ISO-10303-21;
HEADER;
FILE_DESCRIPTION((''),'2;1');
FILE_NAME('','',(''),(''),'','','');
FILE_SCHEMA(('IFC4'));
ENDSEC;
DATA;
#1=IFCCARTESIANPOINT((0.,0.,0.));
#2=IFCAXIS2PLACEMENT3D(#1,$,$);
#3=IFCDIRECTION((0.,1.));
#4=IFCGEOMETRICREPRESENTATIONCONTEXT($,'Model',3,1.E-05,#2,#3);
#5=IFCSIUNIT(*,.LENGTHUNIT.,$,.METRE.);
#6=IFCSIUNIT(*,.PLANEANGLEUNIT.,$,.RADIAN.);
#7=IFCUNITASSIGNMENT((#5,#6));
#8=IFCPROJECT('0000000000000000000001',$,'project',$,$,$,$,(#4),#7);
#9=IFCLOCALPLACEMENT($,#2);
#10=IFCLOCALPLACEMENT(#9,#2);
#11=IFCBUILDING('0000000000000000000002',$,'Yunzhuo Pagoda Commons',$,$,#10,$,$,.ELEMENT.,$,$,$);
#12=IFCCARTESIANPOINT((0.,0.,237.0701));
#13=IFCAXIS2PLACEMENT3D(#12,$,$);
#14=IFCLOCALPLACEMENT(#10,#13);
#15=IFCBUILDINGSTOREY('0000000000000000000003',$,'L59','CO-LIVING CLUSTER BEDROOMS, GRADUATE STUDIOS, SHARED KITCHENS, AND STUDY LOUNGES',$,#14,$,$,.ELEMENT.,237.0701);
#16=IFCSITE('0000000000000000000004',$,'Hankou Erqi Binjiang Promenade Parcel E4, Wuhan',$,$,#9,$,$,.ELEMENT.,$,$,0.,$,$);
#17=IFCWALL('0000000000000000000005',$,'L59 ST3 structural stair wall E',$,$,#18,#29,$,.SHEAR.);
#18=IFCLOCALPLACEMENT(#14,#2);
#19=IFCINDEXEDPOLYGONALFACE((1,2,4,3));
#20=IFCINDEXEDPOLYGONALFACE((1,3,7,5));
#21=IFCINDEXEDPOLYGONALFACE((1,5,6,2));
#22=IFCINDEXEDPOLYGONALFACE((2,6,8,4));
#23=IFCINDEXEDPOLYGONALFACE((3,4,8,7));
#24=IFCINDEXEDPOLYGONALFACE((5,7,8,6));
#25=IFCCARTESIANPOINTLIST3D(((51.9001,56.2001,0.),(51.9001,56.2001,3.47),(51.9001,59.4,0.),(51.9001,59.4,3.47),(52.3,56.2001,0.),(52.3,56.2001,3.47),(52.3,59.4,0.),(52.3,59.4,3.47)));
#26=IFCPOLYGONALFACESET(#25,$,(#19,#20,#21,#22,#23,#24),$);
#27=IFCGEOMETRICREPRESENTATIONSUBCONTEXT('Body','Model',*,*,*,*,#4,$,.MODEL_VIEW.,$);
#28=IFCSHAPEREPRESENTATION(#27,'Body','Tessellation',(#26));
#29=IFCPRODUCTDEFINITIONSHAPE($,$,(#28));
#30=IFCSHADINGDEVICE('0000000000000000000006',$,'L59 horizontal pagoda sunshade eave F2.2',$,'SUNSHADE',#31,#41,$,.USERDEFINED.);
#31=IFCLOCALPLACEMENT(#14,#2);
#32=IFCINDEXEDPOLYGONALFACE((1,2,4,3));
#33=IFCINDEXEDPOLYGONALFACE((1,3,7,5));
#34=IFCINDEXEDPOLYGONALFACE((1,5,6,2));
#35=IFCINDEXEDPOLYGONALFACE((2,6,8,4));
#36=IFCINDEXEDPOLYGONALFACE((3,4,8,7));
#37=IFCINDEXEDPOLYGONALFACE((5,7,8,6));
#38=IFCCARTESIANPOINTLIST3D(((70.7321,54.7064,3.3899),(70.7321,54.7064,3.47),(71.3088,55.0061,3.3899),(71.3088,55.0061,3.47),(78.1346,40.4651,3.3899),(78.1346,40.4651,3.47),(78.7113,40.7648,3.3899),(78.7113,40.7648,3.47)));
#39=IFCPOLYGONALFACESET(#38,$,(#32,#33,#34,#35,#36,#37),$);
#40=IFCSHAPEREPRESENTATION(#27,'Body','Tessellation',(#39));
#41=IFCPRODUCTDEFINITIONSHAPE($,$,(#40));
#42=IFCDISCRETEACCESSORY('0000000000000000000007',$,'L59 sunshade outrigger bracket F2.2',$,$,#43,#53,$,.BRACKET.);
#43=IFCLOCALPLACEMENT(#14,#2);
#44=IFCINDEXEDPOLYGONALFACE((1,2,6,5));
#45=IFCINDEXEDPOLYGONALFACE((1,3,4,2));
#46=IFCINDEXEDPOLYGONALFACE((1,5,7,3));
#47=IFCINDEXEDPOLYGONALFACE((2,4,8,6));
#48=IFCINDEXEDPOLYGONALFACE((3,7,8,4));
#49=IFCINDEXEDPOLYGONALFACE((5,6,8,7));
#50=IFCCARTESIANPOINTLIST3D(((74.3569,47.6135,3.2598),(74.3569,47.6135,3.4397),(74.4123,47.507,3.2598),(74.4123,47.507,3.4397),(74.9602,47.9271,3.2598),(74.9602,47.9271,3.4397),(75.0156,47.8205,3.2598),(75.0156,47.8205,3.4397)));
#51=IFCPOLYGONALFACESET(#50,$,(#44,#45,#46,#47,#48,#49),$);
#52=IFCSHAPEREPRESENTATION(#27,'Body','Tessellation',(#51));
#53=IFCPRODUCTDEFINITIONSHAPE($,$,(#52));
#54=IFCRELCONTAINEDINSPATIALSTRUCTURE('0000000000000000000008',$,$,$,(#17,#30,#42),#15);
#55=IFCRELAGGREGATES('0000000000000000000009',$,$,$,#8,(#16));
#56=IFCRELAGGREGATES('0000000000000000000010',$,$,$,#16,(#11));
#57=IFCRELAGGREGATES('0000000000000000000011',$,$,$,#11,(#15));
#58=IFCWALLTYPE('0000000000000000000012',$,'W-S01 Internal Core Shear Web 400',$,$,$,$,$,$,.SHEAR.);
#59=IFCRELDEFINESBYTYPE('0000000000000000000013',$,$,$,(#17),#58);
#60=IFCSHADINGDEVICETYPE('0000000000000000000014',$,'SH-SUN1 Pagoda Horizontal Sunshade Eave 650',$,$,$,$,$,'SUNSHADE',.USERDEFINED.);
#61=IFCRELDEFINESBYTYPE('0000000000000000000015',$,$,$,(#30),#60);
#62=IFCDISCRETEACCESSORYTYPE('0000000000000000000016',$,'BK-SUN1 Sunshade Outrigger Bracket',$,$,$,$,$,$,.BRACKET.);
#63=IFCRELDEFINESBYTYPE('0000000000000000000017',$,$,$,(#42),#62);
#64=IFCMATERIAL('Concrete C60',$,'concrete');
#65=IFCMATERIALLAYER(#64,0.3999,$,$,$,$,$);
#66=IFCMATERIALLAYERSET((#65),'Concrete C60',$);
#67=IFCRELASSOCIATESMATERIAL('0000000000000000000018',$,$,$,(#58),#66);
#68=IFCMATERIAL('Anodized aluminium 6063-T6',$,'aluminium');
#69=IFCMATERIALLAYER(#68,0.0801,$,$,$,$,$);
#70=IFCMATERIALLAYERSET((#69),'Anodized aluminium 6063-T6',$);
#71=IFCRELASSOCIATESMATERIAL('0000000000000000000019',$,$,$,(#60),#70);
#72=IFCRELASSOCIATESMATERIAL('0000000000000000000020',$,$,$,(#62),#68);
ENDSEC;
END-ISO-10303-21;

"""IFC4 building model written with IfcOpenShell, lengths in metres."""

from ifc_helpers import new_model, si_unit, direction, frame, frame_2d, origin, origin_2d, place, context, subcontext, project, spatial, rectangle, extrude, source, transform, mapped, material, layer, layer_set, type_object, element, save


model = new_model("IFC4")

# Units and contexts
model_context = context("Model", 3, precision=1e-05, world=origin(), true_north=direction((0.0, 1.0)))
body_context = subcontext(model_context, "Body", "Model", "MODEL_VIEW")
ifc_project = project(units=[si_unit("LENGTHUNIT", "METRE"), si_unit("PLANEANGLEUNIT", "RADIAN")], contexts=[model_context])

# Site, building, storey
site_placement = place(None, origin())
site = spatial("IfcSite", under=ifc_project, at=site_placement, Name="Hankou Erqi Binjiang Promenade Parcel E4, Wuhan", CompositionType="ELEMENT", RefElevation=0.0)
building_placement = place(site_placement, origin())
building = spatial("IfcBuilding", under=site, at=building_placement, Name="Yunzhuo Pagoda Commons", CompositionType="ELEMENT")
storey_placement = place(building_placement, frame((0.0, 0.0, 237.0701)))
storey = spatial("IfcBuildingStorey", under=building, at=storey_placement, Name="L59", Description="CO-LIVING CLUSTER BEDROOMS, GRADUATE STUDIOS, SHARED KITCHENS, AND STUDY LOUNGES", CompositionType="ELEMENT", Elevation=237.0701)

# Shared definitions
ifc_material_1 = material(Name="Anodized aluminium 6063-T6", Category="aluminium")

# Wall
ifc_material_2 = material(Name="Concrete C60", Category="concrete")
ifc_layer_1 = layer(ifc_material_2, 0.3999)
ifc_layer_set_1 = layer_set([ifc_layer_1], Name="Concrete C60")
wall_type_1 = type_object("IfcWallType", Name="W-S01 Internal Core Shear Web 400", PredefinedType="SHEAR", material=ifc_layer_set_1)
wall_1_placement = place(storey_placement, frame((52.1001, 56.2, 0.0), z_axis=(0.0, 0.0, 1.0), x_axis=(0.0, 1.0, 0.0)))
element("IfcWall", 1, at=wall_1_placement, inside=storey, type_object=wall_type_1, Name="L59 ST3 structural stair wall E", PredefinedType="SHEAR", context=body_context, shape_type="SweptSolid", body=[
    extrude(rectangle(XDim=3.2, YDim=0.3999, at=frame_2d((1.6001, 0.0))), origin(), (0.0, 0.0, 1.0), 3.47),
])

# Shading device
ifc_layer_2 = layer(ifc_material_1, 0.0801)
ifc_layer_set_2 = layer_set([ifc_layer_2], Name="Anodized aluminium 6063-T6")
shading_device_type = type_object("IfcShadingDeviceType", Name="SH-SUN1 Pagoda Horizontal Sunshade Eave 650", ElementType="SUNSHADE", PredefinedType="USERDEFINED", material=ifc_layer_set_2)
shared_shape_1 = source(origin(), body_context, "Body", "SweptSolid", [
    extrude(rectangle(XDim=16.0503, YDim=0.6499, at=origin_2d()), origin(), (0.0, 0.0, 1.0), 0.0801),
])
shading_device_placement = place(storey_placement, frame((74.7217, 47.7356, 3.3899), z_axis=(0.0, 0.0, 1.0), x_axis=(-0.461207, 0.887293, 0.0)))
element("IfcShadingDevice", 2, at=shading_device_placement, inside=storey, type_object=shading_device_type, Name="L59 horizontal pagoda sunshade eave F2.2", ObjectType="SUNSHADE", PredefinedType="USERDEFINED", context=body_context, shape_type="MappedRepresentation", body=[
    mapped(shared_shape_1, transform((0.0, 0.0, 0.0), scale=1.0)),
])

# Discrete accessory
discrete_accessory_type = type_object("IfcDiscreteAccessoryType", Name="BK-SUN1 Sunshade Outrigger Bracket", PredefinedType="BRACKET", material=ifc_material_1)
shared_shape_2 = source(origin(), body_context, "Body", "SweptSolid", [
    extrude(rectangle(XDim=0.1201, YDim=0.6799, at=origin_2d()), origin(), (0.0, 0.0, 1.0), 0.1799),
])
discrete_accessory_placement = place(storey_placement, frame((74.6863, 47.717, 3.2598), z_axis=(0.0, 0.0, 1.0), x_axis=(-0.461207, 0.887293, 0.0)))
element("IfcDiscreteAccessory", 3, at=discrete_accessory_placement, inside=storey, type_object=discrete_accessory_type, Name="L59 sunshade outrigger bracket F2.2", PredefinedType="BRACKET", context=body_context, shape_type="MappedRepresentation", body=[
    mapped(shared_shape_2, transform((0.0, 0.0, 0.0), scale=1.0)),
])

save(model, "model.ifc")
